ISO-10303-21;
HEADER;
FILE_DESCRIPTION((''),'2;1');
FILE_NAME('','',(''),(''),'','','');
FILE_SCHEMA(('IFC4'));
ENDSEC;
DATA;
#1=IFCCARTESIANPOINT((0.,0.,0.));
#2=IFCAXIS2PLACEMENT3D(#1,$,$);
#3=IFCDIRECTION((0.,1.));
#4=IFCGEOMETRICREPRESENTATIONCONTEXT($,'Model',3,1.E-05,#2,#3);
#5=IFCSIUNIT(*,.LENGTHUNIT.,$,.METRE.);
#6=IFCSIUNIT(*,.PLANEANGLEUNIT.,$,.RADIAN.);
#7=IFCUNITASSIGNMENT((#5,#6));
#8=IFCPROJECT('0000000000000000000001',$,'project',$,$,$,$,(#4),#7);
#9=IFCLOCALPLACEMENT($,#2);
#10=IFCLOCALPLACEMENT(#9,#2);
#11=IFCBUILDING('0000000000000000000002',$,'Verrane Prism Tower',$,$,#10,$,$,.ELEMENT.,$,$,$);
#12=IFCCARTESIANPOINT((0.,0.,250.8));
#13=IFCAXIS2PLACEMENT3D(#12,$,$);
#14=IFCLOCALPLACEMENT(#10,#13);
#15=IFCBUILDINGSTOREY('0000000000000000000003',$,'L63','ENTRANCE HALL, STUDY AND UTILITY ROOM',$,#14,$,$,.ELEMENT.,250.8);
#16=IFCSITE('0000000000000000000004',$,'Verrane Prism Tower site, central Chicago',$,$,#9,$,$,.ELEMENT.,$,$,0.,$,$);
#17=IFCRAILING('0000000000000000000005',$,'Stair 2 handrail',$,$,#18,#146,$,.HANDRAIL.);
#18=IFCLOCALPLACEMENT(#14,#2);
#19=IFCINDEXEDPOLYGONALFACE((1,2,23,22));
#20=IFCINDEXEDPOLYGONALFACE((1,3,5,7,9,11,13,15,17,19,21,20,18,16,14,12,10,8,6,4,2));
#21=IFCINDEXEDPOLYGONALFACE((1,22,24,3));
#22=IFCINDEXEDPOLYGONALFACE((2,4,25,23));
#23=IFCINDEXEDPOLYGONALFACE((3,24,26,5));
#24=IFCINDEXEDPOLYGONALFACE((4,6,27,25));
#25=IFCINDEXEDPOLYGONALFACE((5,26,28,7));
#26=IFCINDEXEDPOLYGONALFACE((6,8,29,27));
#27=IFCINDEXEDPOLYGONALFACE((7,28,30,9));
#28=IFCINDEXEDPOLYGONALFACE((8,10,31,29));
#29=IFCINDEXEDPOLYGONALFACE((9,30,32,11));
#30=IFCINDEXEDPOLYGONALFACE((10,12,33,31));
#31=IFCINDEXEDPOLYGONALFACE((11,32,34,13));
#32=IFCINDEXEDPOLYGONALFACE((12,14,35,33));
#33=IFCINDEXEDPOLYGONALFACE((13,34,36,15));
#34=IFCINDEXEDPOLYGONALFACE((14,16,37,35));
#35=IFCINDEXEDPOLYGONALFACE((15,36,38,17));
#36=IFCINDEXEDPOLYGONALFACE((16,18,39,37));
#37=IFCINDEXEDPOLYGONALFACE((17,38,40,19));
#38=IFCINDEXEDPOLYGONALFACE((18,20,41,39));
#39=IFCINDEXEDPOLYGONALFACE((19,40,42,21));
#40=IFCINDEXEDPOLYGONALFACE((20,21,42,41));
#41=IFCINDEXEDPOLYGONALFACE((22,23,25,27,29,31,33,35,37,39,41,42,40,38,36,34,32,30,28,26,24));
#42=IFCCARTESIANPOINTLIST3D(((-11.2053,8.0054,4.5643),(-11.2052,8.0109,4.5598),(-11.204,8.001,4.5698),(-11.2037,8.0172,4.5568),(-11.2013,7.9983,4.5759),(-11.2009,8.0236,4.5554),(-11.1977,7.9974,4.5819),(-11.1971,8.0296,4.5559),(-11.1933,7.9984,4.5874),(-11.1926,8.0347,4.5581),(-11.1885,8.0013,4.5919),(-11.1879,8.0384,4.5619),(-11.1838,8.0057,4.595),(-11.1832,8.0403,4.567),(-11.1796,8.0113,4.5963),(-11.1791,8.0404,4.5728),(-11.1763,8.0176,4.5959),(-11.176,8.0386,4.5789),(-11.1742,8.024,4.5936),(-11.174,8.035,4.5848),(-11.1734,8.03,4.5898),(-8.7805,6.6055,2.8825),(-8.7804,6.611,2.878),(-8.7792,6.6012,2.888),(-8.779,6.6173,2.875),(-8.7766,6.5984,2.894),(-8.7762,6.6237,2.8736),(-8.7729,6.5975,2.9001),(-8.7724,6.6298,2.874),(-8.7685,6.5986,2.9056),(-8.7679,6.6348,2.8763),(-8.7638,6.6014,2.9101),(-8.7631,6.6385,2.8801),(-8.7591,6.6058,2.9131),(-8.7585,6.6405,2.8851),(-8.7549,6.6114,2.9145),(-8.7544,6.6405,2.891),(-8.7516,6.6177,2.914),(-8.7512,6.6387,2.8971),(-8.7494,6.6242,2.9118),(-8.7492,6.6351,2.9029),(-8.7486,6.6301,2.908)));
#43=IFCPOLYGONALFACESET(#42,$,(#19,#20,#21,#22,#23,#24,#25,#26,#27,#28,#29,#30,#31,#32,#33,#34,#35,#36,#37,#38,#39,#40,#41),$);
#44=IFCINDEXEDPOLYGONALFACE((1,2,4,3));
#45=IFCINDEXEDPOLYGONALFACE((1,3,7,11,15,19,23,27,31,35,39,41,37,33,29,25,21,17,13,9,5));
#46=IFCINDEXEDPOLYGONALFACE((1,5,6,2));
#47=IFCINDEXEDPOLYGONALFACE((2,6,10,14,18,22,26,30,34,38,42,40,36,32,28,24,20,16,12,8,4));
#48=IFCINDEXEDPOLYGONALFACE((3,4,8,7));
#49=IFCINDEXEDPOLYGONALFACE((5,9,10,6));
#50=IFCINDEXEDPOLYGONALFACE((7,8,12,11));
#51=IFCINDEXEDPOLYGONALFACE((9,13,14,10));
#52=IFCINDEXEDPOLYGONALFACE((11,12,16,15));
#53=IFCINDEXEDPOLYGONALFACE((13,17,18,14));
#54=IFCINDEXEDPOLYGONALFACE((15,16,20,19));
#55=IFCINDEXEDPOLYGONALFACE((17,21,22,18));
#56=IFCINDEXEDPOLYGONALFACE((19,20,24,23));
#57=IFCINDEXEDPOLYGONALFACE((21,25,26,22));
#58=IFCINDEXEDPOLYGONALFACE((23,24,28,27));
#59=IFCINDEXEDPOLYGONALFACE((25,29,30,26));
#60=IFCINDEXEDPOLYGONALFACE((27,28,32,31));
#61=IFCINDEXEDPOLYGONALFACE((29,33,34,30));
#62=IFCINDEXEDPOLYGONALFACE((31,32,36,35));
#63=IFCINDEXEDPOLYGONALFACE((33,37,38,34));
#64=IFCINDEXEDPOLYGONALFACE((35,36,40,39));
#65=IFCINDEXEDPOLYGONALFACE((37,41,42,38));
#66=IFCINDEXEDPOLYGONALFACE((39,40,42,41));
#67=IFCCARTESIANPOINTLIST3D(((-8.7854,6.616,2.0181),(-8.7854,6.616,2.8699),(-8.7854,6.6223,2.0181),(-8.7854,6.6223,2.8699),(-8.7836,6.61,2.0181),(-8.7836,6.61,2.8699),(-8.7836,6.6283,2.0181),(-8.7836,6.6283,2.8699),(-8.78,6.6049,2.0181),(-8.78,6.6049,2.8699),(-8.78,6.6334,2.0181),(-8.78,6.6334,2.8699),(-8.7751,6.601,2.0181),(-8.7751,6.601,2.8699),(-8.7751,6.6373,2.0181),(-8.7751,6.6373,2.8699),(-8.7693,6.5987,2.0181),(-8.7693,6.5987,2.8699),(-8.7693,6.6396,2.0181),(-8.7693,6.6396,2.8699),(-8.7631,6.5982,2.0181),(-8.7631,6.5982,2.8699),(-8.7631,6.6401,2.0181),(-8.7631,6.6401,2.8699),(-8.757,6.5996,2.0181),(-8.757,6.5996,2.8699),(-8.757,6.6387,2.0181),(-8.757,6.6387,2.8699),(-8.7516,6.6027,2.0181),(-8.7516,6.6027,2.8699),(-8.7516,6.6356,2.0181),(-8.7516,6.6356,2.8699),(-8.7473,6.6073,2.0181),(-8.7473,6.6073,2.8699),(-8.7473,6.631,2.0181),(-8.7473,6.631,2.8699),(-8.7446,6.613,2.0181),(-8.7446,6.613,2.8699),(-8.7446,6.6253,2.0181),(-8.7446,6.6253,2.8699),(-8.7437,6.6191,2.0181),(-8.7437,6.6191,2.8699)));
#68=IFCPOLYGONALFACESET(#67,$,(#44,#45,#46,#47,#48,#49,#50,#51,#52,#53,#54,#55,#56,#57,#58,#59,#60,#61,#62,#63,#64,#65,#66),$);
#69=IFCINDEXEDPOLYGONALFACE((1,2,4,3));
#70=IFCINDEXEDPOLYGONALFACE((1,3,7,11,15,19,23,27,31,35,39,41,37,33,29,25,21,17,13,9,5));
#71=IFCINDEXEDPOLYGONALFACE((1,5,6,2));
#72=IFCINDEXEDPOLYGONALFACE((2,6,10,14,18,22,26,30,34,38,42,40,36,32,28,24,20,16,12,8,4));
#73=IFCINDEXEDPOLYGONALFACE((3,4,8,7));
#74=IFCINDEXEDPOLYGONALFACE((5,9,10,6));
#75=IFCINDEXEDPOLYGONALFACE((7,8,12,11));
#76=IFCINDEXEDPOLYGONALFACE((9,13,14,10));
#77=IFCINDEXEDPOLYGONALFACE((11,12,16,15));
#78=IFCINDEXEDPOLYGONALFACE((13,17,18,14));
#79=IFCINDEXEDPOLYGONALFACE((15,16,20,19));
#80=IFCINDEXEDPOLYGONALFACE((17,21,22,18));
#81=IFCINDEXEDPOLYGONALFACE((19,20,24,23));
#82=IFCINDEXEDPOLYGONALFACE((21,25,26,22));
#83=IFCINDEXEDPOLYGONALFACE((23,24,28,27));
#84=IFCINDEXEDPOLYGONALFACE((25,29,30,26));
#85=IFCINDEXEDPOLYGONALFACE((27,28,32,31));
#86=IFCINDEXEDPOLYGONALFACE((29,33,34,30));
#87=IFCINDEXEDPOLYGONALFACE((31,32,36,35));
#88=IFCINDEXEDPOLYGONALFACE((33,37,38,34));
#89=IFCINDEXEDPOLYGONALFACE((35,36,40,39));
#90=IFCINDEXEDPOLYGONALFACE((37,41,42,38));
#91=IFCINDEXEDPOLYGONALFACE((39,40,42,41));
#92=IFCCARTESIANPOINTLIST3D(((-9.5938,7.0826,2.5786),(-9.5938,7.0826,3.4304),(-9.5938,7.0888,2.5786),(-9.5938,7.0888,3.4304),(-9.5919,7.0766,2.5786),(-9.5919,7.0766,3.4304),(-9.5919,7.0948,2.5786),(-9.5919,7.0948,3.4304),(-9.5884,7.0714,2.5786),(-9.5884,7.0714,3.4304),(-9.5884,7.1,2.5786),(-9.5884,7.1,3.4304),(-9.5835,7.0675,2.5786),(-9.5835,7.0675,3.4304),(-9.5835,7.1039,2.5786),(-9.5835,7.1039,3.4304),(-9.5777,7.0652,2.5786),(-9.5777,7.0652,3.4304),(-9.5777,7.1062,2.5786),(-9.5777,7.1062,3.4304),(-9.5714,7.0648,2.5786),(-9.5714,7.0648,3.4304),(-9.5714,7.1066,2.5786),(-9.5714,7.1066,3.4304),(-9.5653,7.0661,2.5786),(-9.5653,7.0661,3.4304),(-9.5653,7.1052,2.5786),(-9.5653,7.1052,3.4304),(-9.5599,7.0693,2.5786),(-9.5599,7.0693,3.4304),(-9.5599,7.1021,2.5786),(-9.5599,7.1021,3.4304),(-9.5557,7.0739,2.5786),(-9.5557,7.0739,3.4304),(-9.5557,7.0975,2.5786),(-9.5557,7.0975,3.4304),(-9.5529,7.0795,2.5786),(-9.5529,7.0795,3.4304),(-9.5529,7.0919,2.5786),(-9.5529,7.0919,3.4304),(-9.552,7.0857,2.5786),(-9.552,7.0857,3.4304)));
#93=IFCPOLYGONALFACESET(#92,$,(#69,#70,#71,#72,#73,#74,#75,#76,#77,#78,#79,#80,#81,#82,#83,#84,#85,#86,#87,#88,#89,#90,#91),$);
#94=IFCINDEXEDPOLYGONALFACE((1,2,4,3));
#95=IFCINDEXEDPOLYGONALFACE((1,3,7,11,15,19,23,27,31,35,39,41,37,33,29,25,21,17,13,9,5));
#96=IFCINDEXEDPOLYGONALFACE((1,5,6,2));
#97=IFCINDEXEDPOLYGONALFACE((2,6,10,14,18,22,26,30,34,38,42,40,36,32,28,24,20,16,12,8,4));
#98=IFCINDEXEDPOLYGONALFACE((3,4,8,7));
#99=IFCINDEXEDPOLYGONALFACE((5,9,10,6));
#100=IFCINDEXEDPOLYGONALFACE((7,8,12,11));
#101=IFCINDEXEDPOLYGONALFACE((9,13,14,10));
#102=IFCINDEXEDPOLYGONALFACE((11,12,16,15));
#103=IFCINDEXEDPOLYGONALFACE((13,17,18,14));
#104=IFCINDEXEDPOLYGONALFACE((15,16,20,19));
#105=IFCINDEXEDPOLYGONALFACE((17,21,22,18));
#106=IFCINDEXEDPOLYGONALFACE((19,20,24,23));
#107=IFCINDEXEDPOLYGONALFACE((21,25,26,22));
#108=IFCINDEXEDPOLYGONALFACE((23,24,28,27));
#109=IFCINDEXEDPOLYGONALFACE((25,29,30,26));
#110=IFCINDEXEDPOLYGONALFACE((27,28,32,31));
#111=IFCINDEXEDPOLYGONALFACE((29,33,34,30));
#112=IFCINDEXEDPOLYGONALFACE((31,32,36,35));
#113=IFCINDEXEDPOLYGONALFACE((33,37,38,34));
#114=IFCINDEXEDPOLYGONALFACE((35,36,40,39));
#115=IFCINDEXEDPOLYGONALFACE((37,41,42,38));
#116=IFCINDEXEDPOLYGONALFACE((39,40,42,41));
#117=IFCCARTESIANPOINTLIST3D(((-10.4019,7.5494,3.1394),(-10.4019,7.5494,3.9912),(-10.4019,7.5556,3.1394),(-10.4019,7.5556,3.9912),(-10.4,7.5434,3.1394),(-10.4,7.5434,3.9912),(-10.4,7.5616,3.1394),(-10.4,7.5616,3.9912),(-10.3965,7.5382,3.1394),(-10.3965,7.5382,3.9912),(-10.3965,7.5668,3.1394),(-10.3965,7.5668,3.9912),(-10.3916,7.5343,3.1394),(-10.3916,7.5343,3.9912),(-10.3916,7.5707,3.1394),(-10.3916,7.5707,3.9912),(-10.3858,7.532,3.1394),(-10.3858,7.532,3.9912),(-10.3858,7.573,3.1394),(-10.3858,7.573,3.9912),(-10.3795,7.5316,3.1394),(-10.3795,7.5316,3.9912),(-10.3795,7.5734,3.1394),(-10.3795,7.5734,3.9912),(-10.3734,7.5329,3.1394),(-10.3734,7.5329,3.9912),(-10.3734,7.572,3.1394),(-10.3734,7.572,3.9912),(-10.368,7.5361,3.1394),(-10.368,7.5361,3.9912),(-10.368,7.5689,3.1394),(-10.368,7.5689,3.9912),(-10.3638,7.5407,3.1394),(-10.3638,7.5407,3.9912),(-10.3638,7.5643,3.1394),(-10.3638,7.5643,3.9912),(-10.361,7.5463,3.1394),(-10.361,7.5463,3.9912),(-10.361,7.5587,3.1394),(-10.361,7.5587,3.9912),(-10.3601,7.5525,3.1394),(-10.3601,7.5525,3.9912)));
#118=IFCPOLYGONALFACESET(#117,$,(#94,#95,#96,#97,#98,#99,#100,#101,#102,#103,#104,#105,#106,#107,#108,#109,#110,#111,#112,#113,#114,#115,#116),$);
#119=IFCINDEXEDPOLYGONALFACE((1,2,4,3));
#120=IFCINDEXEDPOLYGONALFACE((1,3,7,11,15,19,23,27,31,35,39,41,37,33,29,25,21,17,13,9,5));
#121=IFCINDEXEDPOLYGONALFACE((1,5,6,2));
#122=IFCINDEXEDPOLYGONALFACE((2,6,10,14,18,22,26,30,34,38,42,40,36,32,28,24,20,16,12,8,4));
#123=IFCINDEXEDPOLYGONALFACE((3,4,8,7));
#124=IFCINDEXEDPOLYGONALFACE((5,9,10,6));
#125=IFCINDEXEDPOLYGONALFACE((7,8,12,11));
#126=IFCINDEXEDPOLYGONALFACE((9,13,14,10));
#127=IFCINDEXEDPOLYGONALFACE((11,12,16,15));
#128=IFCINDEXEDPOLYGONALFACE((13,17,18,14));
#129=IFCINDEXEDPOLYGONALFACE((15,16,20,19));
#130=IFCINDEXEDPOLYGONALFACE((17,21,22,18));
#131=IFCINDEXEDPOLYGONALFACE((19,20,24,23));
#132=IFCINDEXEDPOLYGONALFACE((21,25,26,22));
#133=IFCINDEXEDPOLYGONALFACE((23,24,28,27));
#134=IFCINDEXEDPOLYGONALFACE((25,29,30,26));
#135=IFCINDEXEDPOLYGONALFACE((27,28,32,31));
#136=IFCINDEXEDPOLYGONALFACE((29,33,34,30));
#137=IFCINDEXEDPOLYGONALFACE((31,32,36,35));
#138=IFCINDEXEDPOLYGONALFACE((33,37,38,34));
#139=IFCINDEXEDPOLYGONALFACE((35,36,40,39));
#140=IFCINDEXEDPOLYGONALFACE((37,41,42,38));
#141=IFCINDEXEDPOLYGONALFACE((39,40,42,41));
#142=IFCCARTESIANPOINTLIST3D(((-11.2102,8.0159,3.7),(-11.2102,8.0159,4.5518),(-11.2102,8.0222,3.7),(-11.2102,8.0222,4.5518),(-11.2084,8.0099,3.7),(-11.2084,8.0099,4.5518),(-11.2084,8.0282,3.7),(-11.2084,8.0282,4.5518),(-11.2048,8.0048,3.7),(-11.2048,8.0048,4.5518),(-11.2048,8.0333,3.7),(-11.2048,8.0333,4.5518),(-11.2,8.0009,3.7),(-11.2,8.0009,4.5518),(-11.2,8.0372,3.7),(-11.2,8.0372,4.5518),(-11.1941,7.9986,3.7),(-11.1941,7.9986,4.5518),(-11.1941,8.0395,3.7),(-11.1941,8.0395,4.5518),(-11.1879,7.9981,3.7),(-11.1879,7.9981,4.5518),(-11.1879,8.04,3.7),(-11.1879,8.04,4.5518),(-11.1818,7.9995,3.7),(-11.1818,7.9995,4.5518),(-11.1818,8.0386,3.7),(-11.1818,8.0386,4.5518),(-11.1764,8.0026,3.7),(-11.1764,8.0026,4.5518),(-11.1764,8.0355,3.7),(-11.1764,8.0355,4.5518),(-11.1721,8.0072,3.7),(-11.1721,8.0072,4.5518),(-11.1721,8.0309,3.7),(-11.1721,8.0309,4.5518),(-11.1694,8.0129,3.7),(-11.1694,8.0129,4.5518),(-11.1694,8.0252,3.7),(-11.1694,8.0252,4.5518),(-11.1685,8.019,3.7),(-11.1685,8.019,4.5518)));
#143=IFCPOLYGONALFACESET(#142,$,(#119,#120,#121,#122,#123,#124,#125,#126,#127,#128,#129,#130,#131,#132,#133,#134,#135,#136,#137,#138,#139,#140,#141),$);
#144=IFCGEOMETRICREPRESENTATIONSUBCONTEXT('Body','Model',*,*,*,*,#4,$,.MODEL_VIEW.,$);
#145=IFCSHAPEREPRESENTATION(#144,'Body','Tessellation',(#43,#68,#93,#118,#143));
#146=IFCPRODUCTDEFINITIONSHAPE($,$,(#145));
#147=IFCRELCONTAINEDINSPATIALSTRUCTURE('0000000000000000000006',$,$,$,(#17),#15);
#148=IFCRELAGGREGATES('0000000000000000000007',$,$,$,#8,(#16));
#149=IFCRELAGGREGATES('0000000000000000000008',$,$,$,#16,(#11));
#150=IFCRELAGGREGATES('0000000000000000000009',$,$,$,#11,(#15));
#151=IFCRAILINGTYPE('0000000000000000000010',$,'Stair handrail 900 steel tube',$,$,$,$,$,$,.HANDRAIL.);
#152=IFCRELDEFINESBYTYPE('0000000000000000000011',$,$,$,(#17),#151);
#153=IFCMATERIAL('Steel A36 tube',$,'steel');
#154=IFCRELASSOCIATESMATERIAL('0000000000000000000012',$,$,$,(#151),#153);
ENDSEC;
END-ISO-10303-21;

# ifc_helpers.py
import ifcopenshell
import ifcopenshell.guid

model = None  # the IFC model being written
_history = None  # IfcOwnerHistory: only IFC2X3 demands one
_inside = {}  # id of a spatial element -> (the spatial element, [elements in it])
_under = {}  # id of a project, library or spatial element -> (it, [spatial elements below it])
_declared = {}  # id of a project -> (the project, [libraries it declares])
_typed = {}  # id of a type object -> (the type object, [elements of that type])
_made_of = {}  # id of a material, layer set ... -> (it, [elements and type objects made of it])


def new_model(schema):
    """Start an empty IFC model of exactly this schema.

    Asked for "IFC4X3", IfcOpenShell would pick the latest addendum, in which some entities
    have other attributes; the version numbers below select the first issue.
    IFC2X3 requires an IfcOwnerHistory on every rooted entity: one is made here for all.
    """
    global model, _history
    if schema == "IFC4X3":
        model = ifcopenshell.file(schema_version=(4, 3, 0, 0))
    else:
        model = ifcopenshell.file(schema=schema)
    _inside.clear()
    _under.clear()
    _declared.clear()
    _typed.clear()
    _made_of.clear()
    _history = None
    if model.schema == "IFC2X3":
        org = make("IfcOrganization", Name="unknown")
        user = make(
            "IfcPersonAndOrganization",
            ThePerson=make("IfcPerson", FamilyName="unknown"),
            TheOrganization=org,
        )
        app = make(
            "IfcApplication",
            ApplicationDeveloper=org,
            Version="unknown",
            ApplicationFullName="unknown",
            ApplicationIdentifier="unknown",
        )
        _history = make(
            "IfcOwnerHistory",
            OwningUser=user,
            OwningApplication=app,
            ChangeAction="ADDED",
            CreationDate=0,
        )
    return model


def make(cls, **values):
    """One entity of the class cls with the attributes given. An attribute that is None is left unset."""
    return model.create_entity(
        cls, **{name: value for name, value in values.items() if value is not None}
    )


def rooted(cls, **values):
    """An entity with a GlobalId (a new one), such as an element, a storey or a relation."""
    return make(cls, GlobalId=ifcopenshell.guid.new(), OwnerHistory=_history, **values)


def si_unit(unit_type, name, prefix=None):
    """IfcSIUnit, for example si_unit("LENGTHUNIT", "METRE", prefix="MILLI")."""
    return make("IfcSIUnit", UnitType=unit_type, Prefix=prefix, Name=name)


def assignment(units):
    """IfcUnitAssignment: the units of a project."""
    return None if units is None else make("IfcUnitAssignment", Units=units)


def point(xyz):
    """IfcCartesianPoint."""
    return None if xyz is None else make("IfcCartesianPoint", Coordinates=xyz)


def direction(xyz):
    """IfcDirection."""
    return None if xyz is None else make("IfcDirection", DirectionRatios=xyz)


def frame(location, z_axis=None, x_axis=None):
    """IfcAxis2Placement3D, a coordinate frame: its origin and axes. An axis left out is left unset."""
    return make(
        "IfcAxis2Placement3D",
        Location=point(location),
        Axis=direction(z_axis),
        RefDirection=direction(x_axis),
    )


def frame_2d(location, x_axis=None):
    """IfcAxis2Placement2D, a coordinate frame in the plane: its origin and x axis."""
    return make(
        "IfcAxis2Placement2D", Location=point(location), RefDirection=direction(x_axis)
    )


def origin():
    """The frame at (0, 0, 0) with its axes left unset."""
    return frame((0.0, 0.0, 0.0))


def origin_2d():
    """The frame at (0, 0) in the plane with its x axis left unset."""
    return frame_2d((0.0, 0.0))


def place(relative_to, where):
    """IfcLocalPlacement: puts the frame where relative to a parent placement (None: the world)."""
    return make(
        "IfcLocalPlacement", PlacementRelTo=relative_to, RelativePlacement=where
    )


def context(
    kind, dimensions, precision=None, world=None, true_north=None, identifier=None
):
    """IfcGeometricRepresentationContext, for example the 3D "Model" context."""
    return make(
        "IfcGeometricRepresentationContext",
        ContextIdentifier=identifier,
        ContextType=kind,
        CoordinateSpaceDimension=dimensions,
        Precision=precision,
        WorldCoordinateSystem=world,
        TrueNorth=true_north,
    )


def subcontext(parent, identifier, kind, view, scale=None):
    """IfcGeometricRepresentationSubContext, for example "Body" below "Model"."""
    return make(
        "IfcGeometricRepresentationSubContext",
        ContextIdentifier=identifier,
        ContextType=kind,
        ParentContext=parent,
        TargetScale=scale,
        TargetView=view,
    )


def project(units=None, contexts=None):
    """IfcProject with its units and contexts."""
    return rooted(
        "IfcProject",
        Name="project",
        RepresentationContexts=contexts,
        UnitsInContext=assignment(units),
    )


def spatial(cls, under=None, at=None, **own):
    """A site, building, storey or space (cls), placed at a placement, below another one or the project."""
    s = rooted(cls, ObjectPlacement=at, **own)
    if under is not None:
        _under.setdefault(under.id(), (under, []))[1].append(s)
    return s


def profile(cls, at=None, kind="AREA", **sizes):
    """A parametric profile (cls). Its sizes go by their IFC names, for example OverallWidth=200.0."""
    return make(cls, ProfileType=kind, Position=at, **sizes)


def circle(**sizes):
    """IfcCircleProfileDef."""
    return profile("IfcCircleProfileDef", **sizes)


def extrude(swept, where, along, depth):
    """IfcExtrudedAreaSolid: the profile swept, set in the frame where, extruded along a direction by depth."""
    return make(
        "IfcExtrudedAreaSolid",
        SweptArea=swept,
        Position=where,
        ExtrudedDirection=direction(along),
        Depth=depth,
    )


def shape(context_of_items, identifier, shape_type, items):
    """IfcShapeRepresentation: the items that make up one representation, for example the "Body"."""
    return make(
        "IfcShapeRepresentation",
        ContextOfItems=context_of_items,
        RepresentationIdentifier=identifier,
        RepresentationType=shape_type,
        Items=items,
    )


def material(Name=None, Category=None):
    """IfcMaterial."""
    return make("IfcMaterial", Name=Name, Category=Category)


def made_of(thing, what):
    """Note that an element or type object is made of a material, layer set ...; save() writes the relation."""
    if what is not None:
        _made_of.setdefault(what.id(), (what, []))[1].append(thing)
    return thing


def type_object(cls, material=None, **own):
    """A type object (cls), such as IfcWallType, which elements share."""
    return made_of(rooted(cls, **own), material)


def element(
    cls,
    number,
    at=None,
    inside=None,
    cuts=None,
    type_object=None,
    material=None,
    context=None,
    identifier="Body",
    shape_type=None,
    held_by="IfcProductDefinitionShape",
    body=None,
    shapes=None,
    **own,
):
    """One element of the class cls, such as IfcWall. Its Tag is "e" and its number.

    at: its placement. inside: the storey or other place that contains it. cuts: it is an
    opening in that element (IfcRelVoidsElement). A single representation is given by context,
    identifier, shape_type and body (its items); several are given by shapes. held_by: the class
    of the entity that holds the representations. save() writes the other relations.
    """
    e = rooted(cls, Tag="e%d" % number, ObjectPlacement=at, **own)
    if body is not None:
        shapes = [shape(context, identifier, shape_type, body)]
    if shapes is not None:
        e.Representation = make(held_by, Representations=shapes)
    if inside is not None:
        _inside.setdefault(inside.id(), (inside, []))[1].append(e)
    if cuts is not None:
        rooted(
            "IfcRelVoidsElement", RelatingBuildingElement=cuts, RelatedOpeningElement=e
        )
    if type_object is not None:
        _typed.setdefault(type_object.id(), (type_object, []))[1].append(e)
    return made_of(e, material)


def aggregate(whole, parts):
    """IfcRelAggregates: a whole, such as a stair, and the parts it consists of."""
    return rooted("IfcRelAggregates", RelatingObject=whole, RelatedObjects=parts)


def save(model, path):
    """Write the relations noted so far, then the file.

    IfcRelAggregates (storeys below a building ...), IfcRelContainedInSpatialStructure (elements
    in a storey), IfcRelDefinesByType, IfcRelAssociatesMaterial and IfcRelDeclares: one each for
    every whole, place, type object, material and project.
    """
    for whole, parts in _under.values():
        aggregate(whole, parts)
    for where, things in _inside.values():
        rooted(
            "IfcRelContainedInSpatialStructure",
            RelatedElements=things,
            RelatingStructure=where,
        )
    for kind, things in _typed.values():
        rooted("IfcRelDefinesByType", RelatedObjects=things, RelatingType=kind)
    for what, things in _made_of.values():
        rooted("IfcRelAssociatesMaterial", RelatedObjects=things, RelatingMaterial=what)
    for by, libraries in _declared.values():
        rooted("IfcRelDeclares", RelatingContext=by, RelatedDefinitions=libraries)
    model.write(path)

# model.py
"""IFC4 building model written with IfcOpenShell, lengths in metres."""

from ifc_helpers import new_model, si_unit, direction, frame, origin, origin_2d, place, context, subcontext, project, spatial, circle, extrude, material, type_object, element, save


model = new_model("IFC4")

# Units and contexts
model_context = context("Model", 3, precision=1e-05, world=origin(), true_north=direction((0.0, 1.0)))
body_context = subcontext(model_context, "Body", "Model", "MODEL_VIEW")
ifc_project = project(units=[si_unit("LENGTHUNIT", "METRE"), si_unit("PLANEANGLEUNIT", "RADIAN")], contexts=[model_context])

# Site, building, storey
site_placement = place(None, origin())
site = spatial("IfcSite", under=ifc_project, at=site_placement, Name="Verrane Prism Tower site, central Chicago", CompositionType="ELEMENT", RefElevation=0.0)
building_placement = place(site_placement, origin())
building = spatial("IfcBuilding", under=site, at=building_placement, Name="Verrane Prism Tower", CompositionType="ELEMENT")
storey_placement = place(building_placement, frame((0.0, 0.0, 250.8)))
storey = spatial("IfcBuildingStorey", under=building, at=storey_placement, Name="L63", Description="ENTRANCE HALL, STUDY AND UTILITY ROOM", CompositionType="ELEMENT", Elevation=250.8)

# Railing
ifc_material_1 = material(Name="Steel A36 tube", Category="steel")
railing_type_1 = type_object("IfcRailingType", Name="Stair handrail 900 steel tube", PredefinedType="HANDRAIL", material=ifc_material_1)
railing_1_placement = place(storey_placement, frame((-8.7646, 6.6191, 2.0181)))
element("IfcRailing", 1, at=railing_1_placement, inside=storey, type_object=railing_type_1, Name="Stair 2 handrail", PredefinedType="HANDRAIL", context=body_context, shape_type="SweptSolid", body=[
    extrude(circle(Radius=0.0239, at=origin_2d()), frame((0.0, 0.0, 0.876), z_axis=(-0.74239, 0.428601, 0.514934), x_axis=(-0.499984, -0.866035, 0.0)), (0.0, 0.0, 1.0), 3.2661),
    extrude(circle(Radius=0.021, at=origin_2d()), origin(), (0.0, 0.0, 1.0), 0.8518),
    extrude(circle(Radius=0.021, at=origin_2d()), frame((-0.8083, 0.4666, 0.5605)), (0.0, 0.0, 1.0), 0.8518),
    extrude(circle(Radius=0.021, at=origin_2d()), frame((-1.6165, 0.9333, 1.1213)), (0.0, 0.0, 1.0), 0.8518),
    extrude(circle(Radius=0.021, at=origin_2d()), frame((-2.4248, 1.3999, 1.6819)), (0.0, 0.0, 1.0), 0.8518),
])

save(model, "model.ifc")
